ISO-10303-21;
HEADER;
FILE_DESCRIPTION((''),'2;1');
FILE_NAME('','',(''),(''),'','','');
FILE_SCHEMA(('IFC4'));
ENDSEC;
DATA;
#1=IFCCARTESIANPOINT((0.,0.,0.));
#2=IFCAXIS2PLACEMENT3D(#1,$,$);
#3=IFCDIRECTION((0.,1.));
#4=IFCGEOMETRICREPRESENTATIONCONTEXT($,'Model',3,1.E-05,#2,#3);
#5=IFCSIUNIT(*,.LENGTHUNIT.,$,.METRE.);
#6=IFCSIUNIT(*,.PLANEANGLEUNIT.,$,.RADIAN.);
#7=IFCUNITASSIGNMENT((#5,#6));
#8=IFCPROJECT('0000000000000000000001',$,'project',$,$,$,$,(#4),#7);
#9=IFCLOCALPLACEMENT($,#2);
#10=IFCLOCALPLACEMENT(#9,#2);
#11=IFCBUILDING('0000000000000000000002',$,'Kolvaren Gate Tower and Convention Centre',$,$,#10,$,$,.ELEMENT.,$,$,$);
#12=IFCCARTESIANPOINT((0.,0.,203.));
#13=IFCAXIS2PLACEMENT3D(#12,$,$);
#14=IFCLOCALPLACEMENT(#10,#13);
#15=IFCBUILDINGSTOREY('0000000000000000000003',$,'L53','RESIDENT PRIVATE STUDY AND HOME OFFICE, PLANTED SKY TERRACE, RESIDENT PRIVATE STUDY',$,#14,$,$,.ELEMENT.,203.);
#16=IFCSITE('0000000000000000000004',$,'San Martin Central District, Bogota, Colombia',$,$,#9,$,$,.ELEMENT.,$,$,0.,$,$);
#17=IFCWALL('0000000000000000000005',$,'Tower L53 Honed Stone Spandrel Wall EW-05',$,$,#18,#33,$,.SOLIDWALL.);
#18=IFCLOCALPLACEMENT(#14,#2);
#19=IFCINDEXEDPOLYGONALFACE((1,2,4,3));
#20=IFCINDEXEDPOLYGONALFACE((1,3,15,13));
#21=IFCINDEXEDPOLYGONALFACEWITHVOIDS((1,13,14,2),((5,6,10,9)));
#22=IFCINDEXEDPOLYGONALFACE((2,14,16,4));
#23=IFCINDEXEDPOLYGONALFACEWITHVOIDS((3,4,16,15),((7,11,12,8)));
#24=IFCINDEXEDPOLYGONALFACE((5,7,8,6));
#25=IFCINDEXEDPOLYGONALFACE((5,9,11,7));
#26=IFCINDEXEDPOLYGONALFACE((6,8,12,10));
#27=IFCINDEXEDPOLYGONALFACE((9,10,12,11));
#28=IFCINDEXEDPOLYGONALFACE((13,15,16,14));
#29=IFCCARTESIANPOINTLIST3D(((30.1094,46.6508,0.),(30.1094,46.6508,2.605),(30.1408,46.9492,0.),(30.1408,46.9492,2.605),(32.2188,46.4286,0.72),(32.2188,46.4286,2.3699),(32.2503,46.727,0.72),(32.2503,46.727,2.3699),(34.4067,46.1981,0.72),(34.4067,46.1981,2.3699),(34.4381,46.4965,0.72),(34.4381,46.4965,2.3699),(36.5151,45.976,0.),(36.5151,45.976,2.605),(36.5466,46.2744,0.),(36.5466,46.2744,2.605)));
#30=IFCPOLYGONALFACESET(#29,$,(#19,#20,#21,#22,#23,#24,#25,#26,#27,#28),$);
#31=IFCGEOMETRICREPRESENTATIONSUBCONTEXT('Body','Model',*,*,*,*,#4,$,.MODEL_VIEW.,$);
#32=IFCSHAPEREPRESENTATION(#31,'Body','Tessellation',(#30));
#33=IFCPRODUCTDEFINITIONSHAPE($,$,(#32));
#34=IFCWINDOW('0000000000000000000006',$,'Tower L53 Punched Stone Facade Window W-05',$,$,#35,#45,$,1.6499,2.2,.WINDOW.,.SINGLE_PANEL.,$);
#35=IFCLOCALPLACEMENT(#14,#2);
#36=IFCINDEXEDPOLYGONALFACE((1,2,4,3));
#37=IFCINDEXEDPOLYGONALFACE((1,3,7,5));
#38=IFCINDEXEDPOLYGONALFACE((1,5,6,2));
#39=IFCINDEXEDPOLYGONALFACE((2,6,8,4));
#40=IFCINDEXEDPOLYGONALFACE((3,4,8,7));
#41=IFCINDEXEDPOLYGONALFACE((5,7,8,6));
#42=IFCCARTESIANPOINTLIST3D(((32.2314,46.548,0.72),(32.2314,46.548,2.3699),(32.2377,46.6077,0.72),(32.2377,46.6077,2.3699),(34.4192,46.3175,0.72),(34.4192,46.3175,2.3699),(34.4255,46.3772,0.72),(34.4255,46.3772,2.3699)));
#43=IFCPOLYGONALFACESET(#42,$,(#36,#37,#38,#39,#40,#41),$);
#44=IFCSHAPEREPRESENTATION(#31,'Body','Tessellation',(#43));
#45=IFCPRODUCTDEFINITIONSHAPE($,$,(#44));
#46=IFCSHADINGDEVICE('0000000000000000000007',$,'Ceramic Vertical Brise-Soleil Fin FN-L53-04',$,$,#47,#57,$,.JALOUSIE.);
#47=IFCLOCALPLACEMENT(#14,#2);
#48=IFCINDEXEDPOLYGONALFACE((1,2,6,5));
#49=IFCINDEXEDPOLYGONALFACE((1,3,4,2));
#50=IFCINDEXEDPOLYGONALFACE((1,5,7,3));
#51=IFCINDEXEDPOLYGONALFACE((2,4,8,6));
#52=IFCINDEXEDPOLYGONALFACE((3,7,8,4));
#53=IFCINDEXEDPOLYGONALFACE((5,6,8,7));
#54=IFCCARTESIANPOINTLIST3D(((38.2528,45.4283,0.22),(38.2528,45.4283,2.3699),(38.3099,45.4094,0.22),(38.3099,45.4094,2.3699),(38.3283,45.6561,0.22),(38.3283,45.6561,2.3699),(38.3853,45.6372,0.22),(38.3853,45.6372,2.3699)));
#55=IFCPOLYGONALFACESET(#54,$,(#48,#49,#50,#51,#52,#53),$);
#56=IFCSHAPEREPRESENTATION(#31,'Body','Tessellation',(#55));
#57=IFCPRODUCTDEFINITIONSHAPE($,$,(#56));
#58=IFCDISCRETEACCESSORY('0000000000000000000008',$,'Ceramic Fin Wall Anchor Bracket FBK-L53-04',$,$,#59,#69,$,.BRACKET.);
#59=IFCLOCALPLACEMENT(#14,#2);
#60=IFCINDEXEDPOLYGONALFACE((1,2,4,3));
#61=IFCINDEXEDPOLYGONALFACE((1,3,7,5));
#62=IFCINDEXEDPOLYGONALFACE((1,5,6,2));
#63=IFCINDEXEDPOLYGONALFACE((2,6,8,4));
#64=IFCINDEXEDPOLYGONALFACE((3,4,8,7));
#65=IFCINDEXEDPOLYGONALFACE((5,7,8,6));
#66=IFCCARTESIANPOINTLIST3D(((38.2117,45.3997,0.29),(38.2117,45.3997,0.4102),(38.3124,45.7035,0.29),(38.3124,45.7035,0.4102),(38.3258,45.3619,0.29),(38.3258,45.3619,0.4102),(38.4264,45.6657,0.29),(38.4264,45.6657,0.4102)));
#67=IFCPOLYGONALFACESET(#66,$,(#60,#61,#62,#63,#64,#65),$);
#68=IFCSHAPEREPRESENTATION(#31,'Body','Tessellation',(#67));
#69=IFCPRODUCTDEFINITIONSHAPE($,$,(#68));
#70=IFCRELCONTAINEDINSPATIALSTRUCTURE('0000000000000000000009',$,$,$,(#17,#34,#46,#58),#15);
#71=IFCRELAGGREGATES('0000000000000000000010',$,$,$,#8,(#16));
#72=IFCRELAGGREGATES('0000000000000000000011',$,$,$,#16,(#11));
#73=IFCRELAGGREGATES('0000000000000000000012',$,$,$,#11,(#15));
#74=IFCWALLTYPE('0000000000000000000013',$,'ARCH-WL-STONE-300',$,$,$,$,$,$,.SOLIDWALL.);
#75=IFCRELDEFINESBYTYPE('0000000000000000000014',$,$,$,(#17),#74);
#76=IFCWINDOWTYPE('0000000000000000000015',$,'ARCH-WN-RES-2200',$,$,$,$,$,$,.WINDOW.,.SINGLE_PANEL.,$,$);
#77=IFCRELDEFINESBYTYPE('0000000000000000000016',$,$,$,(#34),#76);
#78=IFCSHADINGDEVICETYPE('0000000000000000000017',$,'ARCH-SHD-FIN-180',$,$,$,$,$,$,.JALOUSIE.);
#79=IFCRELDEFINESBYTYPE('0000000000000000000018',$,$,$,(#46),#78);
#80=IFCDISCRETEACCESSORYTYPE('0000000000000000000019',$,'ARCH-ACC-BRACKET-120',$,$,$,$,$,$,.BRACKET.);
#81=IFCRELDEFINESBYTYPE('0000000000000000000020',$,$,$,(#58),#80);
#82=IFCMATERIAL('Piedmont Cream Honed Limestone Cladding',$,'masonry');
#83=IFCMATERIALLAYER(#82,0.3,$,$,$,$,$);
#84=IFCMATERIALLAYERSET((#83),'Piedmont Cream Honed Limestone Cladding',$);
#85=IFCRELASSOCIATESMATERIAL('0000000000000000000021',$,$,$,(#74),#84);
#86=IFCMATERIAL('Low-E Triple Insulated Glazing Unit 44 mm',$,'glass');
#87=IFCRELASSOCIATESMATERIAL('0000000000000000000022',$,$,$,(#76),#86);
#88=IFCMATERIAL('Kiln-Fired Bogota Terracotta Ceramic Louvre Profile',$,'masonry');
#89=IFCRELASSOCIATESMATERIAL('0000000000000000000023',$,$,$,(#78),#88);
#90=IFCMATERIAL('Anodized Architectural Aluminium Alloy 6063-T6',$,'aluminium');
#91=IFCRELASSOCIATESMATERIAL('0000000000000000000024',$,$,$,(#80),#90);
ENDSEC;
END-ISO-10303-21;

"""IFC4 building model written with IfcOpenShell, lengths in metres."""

from ifc_helpers import new_model, si_unit, direction, frame, frame_2d, origin, origin_2d, place, context, subcontext, project, spatial, rectangle, extrude, material, layer, layer_set, type_object, element, fill, save


model = new_model("IFC4")

# Units and contexts
model_context = context("Model", 3, precision=1e-05, world=origin(), true_north=direction((0.0, 1.0)))
body_context = subcontext(model_context, "Body", "Model", "MODEL_VIEW")
ifc_project = project(units=[si_unit("LENGTHUNIT", "METRE"), si_unit("PLANEANGLEUNIT", "RADIAN")], contexts=[model_context])

# Site, building, storey
site_placement = place(None, origin())
site = spatial("IfcSite", under=ifc_project, at=site_placement, Name="San Martin Central District, Bogota, Colombia", CompositionType="ELEMENT", RefElevation=0.0)
building_placement = place(site_placement, origin())
building = spatial("IfcBuilding", under=site, at=building_placement, Name="Kolvaren Gate Tower and Convention Centre", CompositionType="ELEMENT")
storey_placement = place(building_placement, frame((0.0, 0.0, 203.0)))
storey = spatial("IfcBuildingStorey", under=building, at=storey_placement, Name="L53", Description="RESIDENT PRIVATE STUDY AND HOME OFFICE, PLANTED SKY TERRACE, RESIDENT PRIVATE STUDY", CompositionType="ELEMENT", Elevation=203.0)

# Wall, opening, window
ifc_material_1 = material(Name="Piedmont Cream Honed Limestone Cladding", Category="masonry")
ifc_layer_1 = layer(ifc_material_1, 0.3)
ifc_layer_set_1 = layer_set([ifc_layer_1], Name="Piedmont Cream Honed Limestone Cladding")
wall_type_1 = type_object("IfcWallType", Name="ARCH-WL-STONE-300", PredefinedType="SOLIDWALL", material=ifc_layer_set_1)
ifc_material_2 = material(Name="Low-E Triple Insulated Glazing Unit 44 mm", Category="glass")
window_type = type_object("IfcWindowType", Name="ARCH-WN-RES-2200", PartitioningType="SINGLE_PANEL", PredefinedType="WINDOW", material=ifc_material_2)
wall_1_placement = place(storey_placement, frame((30.125, 46.8, 0.0), z_axis=(0.0, 0.0, 1.0), x_axis=(0.994497, -0.104764, 0.0)))
wall_1 = element("IfcWall", 1, at=wall_1_placement, inside=storey, type_object=wall_type_1, Name="Tower L53 Honed Stone Spandrel Wall EW-05", PredefinedType="SOLIDWALL", context=body_context, shape_type="SweptSolid", body=[
    extrude(rectangle(XDim=6.4412, YDim=0.3, at=frame_2d((3.2207, 0.0))), origin(), (0.0, 0.0, 1.0), 2.605),
])
opening_1_placement = place(wall_1_placement, frame((2.1211, 0.0, 0.72)))
opening_1 = element("IfcOpeningElement", 2, at=opening_1_placement, cuts=wall_1, PredefinedType="OPENING", context=body_context, shape_type="SweptSolid", body=[
    extrude(rectangle(XDim=2.2, YDim=1.6499, at=frame_2d((1.1001, 0.825))), frame((0.0, 0.1599, 0.0), z_axis=(0.0, -1.0, 0.0), x_axis=(1.0, 0.0, 0.0)), (0.0, 0.0, 1.0), 0.3201),
])
window_1_placement = place(opening_1_placement, origin())
window_1 = element("IfcWindow", 3, at=window_1_placement, inside=storey, type_object=window_type, Name="Tower L53 Punched Stone Facade Window W-05", OverallHeight=1.6499, OverallWidth=2.2, PartitioningType="SINGLE_PANEL", PredefinedType="WINDOW", context=body_context, shape_type="SweptSolid", body=[
    extrude(rectangle(XDim=2.2, YDim=1.6499, at=frame_2d((1.1001, 0.825))), frame((0.0, 0.03, 0.0), z_axis=(0.0, -1.0, 0.0), x_axis=(1.0, 0.0, 0.0)), (0.0, 0.0, 1.0), 0.0601),
])
fill(opening_1, window_1)

# Shading device
ifc_material_3 = material(Name="Kiln-Fired Bogota Terracotta Ceramic Louvre Profile", Category="masonry")
shading_device_type = type_object("IfcShadingDeviceType", Name="ARCH-SHD-FIN-180", PredefinedType="JALOUSIE", material=ifc_material_3)
shading_device_placement = place(storey_placement, frame((38.3191, 45.5327, 0.22), z_axis=(0.0, 0.0, 1.0), x_axis=(0.949242, -0.314548, 0.0)))
element("IfcShadingDevice", 4, at=shading_device_placement, inside=storey, type_object=shading_device_type, Name="Ceramic Vertical Brise-Soleil Fin FN-L53-04", PredefinedType="JALOUSIE", context=body_context, shape_type="SweptSolid", body=[
    extrude(rectangle(XDim=0.0601, YDim=0.24, at=origin_2d()), origin(), (0.0, 0.0, 1.0), 2.1499),
])

# Discrete accessory
ifc_material_4 = material(Name="Anodized Architectural Aluminium Alloy 6063-T6", Category="aluminium")
discrete_accessory_type = type_object("IfcDiscreteAccessoryType", Name="ARCH-ACC-BRACKET-120", PredefinedType="BRACKET", material=ifc_material_4)
discrete_accessory_placement = place(storey_placement, frame((38.3191, 45.5327, 0.29), z_axis=(0.0, 0.0, 1.0), x_axis=(0.949242, -0.314548, 0.0)))
element("IfcDiscreteAccessory", 5, at=discrete_accessory_placement, inside=storey, type_object=discrete_accessory_type, Name="Ceramic Fin Wall Anchor Bracket FBK-L53-04", PredefinedType="BRACKET", context=body_context, shape_type="SweptSolid", body=[
    extrude(rectangle(XDim=0.1201, YDim=0.3201, at=origin_2d()), origin(), (0.0, 0.0, 1.0), 0.1201),
])

save(model, "model.ifc")
